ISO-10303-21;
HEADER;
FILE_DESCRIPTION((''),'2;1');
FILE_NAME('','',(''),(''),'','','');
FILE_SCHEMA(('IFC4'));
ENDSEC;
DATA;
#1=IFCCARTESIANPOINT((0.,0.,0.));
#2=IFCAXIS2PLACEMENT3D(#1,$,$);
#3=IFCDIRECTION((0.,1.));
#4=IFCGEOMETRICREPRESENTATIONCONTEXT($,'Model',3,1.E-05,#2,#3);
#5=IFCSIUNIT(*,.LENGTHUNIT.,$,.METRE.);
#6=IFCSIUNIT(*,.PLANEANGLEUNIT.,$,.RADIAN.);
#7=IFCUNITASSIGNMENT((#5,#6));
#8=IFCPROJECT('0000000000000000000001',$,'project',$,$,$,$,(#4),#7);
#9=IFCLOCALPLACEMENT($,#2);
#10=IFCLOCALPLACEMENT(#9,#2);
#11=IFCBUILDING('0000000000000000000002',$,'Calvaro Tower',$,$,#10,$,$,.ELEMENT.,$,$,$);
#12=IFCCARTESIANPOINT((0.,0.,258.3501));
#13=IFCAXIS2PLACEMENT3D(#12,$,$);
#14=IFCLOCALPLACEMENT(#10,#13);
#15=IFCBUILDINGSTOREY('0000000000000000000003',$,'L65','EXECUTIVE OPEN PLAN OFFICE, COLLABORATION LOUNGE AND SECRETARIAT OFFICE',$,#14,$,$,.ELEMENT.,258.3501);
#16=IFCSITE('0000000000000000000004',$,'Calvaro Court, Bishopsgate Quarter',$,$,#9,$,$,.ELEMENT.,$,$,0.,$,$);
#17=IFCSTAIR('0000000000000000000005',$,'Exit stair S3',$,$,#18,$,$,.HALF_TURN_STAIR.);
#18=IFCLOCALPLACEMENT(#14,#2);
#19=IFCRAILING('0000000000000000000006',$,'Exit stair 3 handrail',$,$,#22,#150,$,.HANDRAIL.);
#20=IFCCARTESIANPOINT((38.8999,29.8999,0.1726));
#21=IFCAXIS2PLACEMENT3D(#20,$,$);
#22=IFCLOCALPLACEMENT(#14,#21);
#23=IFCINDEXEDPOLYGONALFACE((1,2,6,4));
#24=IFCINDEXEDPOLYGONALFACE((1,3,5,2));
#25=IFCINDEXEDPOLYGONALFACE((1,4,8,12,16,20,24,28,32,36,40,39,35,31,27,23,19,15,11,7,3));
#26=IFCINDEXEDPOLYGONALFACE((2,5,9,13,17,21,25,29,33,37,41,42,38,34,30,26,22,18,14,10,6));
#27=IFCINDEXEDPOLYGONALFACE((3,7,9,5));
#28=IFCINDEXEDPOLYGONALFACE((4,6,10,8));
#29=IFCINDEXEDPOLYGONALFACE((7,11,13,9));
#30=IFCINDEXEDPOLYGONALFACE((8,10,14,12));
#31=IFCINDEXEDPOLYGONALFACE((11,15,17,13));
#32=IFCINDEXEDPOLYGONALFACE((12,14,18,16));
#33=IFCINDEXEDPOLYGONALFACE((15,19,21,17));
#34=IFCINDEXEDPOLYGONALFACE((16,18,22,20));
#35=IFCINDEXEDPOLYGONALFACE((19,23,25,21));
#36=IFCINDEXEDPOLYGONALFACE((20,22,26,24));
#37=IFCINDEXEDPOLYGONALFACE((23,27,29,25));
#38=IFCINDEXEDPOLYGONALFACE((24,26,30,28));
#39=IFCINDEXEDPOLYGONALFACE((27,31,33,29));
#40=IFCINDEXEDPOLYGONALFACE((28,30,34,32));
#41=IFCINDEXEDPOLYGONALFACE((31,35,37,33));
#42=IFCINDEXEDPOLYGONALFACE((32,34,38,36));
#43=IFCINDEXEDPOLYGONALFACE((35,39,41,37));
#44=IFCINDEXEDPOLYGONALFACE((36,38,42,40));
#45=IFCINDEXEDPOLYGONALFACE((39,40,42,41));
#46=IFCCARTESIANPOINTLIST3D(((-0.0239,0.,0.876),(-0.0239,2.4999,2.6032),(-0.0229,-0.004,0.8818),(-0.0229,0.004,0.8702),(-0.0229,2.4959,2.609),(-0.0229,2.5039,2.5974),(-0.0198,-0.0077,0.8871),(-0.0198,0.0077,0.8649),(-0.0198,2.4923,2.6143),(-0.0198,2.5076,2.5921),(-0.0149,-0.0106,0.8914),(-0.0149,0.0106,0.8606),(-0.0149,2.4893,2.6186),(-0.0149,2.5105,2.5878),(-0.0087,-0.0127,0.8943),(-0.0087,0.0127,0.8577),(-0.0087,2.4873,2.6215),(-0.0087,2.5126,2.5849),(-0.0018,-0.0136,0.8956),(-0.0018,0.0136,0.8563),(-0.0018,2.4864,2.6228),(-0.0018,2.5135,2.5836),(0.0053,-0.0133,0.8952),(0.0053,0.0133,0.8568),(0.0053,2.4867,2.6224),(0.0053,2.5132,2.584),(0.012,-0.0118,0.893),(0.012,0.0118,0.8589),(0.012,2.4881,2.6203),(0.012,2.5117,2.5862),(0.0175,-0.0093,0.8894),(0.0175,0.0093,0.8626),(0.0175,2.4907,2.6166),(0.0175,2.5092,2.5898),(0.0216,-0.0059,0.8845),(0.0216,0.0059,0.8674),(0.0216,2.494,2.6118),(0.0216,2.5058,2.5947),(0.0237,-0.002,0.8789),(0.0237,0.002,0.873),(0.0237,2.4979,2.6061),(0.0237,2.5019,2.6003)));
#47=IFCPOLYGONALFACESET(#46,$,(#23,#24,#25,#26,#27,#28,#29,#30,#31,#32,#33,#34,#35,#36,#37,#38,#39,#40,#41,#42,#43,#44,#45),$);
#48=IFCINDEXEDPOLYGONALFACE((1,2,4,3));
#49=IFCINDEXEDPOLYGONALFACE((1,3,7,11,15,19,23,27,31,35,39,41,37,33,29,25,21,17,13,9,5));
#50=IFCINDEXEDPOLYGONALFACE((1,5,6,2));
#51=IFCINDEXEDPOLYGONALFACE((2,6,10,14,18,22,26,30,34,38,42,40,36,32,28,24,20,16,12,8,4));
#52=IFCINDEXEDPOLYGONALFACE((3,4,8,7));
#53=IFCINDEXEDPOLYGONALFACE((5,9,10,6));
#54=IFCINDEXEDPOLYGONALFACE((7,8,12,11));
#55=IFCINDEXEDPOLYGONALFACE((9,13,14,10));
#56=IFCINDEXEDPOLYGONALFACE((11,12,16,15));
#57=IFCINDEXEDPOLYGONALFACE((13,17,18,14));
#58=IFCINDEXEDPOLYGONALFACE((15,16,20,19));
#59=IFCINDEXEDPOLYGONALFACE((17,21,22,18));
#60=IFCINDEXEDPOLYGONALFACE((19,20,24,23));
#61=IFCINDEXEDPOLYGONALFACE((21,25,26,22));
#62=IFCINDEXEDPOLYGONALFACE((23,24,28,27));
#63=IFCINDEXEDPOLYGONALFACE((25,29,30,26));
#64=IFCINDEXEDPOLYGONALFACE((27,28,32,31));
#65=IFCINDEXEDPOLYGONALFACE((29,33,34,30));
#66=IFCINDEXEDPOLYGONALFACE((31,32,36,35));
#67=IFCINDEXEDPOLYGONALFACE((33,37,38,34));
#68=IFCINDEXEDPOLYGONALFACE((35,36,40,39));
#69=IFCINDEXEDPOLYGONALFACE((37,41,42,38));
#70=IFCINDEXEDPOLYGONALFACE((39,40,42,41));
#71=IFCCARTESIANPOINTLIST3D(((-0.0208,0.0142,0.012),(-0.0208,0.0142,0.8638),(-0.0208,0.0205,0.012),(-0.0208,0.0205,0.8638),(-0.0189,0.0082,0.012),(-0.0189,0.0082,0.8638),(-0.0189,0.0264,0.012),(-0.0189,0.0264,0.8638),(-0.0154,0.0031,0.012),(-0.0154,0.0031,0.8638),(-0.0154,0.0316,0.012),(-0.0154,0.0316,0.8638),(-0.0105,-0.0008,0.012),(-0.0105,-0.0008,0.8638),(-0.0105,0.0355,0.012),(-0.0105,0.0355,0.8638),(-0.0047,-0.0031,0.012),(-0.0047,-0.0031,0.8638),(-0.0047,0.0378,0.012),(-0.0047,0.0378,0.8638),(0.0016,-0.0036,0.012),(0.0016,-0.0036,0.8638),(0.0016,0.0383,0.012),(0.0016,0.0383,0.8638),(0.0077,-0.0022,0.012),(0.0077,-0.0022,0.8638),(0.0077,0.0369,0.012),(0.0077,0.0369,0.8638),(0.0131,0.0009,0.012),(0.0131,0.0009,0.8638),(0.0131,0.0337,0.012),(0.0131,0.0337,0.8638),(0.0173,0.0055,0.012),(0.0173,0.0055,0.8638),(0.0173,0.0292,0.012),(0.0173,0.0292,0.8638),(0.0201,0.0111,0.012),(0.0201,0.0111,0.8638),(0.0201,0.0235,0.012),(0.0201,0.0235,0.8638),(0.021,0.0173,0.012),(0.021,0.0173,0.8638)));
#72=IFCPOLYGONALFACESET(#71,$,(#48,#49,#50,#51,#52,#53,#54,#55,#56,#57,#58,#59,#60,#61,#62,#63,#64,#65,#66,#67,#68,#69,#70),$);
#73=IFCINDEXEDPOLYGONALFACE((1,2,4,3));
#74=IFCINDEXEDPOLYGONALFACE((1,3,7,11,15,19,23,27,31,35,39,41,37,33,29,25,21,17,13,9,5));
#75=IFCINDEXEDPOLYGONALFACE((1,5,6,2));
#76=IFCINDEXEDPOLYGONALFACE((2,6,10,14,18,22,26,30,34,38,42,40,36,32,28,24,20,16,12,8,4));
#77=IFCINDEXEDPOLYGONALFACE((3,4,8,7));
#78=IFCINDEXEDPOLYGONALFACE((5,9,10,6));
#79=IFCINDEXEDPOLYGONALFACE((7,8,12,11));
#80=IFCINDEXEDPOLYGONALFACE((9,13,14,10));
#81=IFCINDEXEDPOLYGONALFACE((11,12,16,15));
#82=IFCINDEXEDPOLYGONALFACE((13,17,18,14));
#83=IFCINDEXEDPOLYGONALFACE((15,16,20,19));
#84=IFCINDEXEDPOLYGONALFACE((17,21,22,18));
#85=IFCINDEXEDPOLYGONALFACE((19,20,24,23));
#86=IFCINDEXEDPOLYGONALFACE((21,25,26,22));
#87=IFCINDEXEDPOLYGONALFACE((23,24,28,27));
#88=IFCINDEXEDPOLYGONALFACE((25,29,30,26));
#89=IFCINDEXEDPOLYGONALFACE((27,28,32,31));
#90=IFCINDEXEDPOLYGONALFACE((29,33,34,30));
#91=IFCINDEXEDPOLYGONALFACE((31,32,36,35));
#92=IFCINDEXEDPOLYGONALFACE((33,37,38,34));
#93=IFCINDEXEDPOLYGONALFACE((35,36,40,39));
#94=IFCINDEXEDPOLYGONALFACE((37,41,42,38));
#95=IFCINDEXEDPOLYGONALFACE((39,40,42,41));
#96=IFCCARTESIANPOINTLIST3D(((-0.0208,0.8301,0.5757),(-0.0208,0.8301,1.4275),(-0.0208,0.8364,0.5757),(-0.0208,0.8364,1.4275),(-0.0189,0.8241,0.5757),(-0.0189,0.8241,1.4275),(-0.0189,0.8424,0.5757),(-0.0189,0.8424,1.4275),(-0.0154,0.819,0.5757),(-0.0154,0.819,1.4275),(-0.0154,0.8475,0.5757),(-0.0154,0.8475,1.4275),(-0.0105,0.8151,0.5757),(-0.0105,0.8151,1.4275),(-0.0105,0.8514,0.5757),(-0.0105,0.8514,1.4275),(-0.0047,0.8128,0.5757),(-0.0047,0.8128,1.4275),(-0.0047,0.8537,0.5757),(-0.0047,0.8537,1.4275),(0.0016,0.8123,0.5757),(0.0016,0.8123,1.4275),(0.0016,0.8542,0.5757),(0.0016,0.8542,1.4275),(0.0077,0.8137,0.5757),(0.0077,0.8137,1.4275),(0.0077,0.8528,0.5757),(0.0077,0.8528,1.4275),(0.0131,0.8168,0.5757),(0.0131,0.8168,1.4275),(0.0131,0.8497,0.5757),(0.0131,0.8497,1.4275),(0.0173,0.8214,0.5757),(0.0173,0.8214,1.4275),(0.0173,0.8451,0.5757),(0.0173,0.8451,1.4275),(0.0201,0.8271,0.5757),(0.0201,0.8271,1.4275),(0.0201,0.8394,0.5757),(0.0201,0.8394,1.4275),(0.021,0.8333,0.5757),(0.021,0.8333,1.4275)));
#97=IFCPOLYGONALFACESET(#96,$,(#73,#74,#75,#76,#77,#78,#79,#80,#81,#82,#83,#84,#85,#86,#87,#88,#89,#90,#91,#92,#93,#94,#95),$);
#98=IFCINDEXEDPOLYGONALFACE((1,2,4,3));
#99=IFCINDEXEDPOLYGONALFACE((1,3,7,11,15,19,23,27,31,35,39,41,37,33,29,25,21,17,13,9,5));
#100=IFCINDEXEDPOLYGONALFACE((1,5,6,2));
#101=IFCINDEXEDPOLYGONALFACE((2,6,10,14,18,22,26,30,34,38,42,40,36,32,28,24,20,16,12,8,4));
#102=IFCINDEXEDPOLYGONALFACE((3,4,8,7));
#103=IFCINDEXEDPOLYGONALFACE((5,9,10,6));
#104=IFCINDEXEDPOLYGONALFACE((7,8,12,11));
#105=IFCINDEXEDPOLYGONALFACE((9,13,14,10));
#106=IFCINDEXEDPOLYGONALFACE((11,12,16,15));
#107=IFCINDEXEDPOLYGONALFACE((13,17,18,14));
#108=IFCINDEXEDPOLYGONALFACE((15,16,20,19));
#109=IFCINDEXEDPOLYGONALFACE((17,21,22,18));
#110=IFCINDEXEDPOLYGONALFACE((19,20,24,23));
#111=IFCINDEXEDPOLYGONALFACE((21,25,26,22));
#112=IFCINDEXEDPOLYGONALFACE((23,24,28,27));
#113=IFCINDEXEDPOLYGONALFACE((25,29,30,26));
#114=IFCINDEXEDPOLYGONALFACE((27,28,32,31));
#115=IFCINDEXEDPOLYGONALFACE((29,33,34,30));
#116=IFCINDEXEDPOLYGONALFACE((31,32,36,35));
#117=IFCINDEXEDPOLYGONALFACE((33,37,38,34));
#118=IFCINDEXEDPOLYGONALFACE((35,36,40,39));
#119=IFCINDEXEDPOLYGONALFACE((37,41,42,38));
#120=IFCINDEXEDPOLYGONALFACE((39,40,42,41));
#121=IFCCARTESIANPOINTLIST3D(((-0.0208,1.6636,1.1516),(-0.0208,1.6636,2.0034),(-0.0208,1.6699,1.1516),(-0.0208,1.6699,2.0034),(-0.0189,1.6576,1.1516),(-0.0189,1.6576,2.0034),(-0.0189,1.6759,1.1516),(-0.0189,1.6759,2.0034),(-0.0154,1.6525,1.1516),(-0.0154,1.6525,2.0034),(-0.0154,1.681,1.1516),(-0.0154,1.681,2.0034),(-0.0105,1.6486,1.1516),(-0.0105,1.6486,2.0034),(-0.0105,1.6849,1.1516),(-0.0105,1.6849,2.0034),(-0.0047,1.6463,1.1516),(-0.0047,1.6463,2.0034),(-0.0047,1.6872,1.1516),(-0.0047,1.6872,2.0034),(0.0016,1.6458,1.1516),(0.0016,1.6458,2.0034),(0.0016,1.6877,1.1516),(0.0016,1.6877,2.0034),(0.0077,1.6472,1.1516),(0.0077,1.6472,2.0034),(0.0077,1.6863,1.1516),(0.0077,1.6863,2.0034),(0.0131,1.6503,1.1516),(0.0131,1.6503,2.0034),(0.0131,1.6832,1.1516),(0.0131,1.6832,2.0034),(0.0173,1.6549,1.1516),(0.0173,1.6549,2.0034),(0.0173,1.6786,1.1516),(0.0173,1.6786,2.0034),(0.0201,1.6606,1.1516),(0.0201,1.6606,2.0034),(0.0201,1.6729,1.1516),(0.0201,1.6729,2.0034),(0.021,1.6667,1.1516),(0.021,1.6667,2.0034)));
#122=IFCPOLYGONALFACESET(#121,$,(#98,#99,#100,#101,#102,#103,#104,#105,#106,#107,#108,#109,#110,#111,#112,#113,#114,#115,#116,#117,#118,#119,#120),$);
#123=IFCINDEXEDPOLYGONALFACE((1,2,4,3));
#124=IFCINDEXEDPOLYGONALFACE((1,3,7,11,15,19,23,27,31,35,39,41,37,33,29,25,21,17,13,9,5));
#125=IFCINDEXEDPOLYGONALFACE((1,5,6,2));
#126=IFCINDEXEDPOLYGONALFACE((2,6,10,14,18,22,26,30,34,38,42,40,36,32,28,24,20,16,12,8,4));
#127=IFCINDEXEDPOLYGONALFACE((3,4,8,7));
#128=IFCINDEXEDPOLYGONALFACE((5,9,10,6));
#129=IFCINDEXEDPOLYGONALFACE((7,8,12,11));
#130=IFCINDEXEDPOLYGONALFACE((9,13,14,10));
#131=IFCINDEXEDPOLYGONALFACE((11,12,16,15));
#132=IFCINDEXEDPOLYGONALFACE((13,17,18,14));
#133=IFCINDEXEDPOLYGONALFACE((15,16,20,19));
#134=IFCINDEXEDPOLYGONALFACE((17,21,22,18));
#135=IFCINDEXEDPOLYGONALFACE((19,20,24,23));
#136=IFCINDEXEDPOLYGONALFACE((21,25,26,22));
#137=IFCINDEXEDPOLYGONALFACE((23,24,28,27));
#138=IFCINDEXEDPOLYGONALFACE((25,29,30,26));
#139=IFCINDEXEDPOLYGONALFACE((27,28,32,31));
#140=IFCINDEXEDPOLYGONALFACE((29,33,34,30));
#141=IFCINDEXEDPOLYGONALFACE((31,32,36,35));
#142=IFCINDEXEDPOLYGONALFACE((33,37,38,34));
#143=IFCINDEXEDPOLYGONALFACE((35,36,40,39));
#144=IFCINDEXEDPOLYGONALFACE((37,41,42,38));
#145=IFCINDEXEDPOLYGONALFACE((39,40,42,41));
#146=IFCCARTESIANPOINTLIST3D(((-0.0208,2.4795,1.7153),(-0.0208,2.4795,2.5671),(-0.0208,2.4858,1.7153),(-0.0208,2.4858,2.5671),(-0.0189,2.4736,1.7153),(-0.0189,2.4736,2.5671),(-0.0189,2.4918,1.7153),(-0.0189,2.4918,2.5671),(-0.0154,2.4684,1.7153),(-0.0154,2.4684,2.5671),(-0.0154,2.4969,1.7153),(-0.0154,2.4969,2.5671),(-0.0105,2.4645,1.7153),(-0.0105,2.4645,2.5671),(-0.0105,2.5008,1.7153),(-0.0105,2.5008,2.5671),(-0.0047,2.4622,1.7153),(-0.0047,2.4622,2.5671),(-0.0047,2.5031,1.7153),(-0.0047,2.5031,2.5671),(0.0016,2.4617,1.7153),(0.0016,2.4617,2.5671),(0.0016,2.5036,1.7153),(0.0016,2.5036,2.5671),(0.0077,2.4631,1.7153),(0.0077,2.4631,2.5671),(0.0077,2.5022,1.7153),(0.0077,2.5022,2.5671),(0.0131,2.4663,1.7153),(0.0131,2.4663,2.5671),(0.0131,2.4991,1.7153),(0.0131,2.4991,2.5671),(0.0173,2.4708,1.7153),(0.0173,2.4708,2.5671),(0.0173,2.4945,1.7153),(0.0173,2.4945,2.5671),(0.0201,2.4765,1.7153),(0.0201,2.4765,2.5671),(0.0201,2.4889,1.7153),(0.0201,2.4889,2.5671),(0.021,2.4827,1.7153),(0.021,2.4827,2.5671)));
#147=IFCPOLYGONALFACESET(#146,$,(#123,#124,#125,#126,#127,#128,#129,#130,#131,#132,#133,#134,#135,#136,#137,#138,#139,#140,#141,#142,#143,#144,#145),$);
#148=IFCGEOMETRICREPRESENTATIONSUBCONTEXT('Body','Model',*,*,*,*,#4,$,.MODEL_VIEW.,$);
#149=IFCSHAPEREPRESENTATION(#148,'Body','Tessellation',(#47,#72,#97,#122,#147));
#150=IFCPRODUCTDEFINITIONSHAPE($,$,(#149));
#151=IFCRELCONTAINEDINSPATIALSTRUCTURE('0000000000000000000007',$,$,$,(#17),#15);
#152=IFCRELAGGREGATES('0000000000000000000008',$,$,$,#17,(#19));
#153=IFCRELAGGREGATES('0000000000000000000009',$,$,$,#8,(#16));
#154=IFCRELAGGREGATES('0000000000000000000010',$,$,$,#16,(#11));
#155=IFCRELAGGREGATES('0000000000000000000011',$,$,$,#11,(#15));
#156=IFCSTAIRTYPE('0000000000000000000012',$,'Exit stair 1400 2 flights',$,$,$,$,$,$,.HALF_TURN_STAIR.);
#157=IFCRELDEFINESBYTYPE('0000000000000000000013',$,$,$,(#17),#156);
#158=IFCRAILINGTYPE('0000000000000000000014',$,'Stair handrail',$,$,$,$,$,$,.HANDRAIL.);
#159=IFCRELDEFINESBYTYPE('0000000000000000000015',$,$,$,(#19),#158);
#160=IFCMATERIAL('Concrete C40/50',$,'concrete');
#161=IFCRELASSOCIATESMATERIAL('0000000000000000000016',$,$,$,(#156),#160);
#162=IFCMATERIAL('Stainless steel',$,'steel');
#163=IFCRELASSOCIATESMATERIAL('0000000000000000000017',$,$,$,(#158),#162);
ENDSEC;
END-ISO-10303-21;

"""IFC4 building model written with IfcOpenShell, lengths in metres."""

from ifc_helpers import new_model, si_unit, direction, frame, origin, origin_2d, place, context, subcontext, project, spatial, circle, extrude, material, type_object, element, aggregate, save


model = new_model("IFC4")

# Units and contexts
model_context = context("Model", 3, precision=1e-05, world=origin(), true_north=direction((0.0, 1.0)))
body_context = subcontext(model_context, "Body", "Model", "MODEL_VIEW")
ifc_project = project(units=[si_unit("LENGTHUNIT", "METRE"), si_unit("PLANEANGLEUNIT", "RADIAN")], contexts=[model_context])

# Site, building, storey
site_placement = place(None, origin())
site = spatial("IfcSite", under=ifc_project, at=site_placement, Name="Calvaro Court, Bishopsgate Quarter", CompositionType="ELEMENT", RefElevation=0.0)
building_placement = place(site_placement, origin())
building = spatial("IfcBuilding", under=site, at=building_placement, Name="Calvaro Tower", CompositionType="ELEMENT")
storey_placement = place(building_placement, frame((0.0, 0.0, 258.3501)))
storey = spatial("IfcBuildingStorey", under=building, at=storey_placement, Name="L65", Description="EXECUTIVE OPEN PLAN OFFICE, COLLABORATION LOUNGE AND SECRETARIAT OFFICE", CompositionType="ELEMENT", Elevation=258.3501)

# Stair
ifc_material_1 = material(Name="Concrete C40/50", Category="concrete")
stair_type = type_object("IfcStairType", Name="Exit stair 1400 2 flights", PredefinedType="HALF_TURN_STAIR", material=ifc_material_1)
stair_1_placement = place(storey_placement, origin())
stair_1 = element("IfcStair", 1, at=stair_1_placement, inside=storey, type_object=stair_type, Name="Exit stair S3", PredefinedType="HALF_TURN_STAIR")

# Railing
ifc_material_2 = material(Name="Stainless steel", Category="steel")
railing_type = type_object("IfcRailingType", Name="Stair handrail", PredefinedType="HANDRAIL", material=ifc_material_2)
railing_1_placement = place(storey_placement, frame((38.8999, 29.8999, 0.1726)))
railing_1 = element("IfcRailing", 2, at=railing_1_placement, type_object=railing_type, Name="Exit stair 3 handrail", PredefinedType="HANDRAIL", context=body_context, shape_type="SweptSolid", body=[
    extrude(circle(Radius=0.0239, at=origin_2d()), frame((0.0, 0.0, 0.876), z_axis=(0.0, 0.822727, 0.568437), x_axis=(-1.0, 0.0, 0.0)), (0.0, 0.0, 1.0), 3.0386),
    extrude(circle(Radius=0.021, at=origin_2d()), frame((0.0, 0.0173, 0.012)), (0.0, 0.0, 1.0), 0.8518),
    extrude(circle(Radius=0.021, at=origin_2d()), frame((0.0, 0.8333, 0.5757)), (0.0, 0.0, 1.0), 0.8518),
    extrude(circle(Radius=0.021, at=origin_2d()), frame((0.0, 1.6667, 1.1516)), (0.0, 0.0, 1.0), 0.8518),
    extrude(circle(Radius=0.021, at=origin_2d()), frame((0.0, 2.4827, 1.7153)), (0.0, 0.0, 1.0), 0.8518),
])
aggregate(stair_1, [railing_1])

save(model, "model.ifc")
